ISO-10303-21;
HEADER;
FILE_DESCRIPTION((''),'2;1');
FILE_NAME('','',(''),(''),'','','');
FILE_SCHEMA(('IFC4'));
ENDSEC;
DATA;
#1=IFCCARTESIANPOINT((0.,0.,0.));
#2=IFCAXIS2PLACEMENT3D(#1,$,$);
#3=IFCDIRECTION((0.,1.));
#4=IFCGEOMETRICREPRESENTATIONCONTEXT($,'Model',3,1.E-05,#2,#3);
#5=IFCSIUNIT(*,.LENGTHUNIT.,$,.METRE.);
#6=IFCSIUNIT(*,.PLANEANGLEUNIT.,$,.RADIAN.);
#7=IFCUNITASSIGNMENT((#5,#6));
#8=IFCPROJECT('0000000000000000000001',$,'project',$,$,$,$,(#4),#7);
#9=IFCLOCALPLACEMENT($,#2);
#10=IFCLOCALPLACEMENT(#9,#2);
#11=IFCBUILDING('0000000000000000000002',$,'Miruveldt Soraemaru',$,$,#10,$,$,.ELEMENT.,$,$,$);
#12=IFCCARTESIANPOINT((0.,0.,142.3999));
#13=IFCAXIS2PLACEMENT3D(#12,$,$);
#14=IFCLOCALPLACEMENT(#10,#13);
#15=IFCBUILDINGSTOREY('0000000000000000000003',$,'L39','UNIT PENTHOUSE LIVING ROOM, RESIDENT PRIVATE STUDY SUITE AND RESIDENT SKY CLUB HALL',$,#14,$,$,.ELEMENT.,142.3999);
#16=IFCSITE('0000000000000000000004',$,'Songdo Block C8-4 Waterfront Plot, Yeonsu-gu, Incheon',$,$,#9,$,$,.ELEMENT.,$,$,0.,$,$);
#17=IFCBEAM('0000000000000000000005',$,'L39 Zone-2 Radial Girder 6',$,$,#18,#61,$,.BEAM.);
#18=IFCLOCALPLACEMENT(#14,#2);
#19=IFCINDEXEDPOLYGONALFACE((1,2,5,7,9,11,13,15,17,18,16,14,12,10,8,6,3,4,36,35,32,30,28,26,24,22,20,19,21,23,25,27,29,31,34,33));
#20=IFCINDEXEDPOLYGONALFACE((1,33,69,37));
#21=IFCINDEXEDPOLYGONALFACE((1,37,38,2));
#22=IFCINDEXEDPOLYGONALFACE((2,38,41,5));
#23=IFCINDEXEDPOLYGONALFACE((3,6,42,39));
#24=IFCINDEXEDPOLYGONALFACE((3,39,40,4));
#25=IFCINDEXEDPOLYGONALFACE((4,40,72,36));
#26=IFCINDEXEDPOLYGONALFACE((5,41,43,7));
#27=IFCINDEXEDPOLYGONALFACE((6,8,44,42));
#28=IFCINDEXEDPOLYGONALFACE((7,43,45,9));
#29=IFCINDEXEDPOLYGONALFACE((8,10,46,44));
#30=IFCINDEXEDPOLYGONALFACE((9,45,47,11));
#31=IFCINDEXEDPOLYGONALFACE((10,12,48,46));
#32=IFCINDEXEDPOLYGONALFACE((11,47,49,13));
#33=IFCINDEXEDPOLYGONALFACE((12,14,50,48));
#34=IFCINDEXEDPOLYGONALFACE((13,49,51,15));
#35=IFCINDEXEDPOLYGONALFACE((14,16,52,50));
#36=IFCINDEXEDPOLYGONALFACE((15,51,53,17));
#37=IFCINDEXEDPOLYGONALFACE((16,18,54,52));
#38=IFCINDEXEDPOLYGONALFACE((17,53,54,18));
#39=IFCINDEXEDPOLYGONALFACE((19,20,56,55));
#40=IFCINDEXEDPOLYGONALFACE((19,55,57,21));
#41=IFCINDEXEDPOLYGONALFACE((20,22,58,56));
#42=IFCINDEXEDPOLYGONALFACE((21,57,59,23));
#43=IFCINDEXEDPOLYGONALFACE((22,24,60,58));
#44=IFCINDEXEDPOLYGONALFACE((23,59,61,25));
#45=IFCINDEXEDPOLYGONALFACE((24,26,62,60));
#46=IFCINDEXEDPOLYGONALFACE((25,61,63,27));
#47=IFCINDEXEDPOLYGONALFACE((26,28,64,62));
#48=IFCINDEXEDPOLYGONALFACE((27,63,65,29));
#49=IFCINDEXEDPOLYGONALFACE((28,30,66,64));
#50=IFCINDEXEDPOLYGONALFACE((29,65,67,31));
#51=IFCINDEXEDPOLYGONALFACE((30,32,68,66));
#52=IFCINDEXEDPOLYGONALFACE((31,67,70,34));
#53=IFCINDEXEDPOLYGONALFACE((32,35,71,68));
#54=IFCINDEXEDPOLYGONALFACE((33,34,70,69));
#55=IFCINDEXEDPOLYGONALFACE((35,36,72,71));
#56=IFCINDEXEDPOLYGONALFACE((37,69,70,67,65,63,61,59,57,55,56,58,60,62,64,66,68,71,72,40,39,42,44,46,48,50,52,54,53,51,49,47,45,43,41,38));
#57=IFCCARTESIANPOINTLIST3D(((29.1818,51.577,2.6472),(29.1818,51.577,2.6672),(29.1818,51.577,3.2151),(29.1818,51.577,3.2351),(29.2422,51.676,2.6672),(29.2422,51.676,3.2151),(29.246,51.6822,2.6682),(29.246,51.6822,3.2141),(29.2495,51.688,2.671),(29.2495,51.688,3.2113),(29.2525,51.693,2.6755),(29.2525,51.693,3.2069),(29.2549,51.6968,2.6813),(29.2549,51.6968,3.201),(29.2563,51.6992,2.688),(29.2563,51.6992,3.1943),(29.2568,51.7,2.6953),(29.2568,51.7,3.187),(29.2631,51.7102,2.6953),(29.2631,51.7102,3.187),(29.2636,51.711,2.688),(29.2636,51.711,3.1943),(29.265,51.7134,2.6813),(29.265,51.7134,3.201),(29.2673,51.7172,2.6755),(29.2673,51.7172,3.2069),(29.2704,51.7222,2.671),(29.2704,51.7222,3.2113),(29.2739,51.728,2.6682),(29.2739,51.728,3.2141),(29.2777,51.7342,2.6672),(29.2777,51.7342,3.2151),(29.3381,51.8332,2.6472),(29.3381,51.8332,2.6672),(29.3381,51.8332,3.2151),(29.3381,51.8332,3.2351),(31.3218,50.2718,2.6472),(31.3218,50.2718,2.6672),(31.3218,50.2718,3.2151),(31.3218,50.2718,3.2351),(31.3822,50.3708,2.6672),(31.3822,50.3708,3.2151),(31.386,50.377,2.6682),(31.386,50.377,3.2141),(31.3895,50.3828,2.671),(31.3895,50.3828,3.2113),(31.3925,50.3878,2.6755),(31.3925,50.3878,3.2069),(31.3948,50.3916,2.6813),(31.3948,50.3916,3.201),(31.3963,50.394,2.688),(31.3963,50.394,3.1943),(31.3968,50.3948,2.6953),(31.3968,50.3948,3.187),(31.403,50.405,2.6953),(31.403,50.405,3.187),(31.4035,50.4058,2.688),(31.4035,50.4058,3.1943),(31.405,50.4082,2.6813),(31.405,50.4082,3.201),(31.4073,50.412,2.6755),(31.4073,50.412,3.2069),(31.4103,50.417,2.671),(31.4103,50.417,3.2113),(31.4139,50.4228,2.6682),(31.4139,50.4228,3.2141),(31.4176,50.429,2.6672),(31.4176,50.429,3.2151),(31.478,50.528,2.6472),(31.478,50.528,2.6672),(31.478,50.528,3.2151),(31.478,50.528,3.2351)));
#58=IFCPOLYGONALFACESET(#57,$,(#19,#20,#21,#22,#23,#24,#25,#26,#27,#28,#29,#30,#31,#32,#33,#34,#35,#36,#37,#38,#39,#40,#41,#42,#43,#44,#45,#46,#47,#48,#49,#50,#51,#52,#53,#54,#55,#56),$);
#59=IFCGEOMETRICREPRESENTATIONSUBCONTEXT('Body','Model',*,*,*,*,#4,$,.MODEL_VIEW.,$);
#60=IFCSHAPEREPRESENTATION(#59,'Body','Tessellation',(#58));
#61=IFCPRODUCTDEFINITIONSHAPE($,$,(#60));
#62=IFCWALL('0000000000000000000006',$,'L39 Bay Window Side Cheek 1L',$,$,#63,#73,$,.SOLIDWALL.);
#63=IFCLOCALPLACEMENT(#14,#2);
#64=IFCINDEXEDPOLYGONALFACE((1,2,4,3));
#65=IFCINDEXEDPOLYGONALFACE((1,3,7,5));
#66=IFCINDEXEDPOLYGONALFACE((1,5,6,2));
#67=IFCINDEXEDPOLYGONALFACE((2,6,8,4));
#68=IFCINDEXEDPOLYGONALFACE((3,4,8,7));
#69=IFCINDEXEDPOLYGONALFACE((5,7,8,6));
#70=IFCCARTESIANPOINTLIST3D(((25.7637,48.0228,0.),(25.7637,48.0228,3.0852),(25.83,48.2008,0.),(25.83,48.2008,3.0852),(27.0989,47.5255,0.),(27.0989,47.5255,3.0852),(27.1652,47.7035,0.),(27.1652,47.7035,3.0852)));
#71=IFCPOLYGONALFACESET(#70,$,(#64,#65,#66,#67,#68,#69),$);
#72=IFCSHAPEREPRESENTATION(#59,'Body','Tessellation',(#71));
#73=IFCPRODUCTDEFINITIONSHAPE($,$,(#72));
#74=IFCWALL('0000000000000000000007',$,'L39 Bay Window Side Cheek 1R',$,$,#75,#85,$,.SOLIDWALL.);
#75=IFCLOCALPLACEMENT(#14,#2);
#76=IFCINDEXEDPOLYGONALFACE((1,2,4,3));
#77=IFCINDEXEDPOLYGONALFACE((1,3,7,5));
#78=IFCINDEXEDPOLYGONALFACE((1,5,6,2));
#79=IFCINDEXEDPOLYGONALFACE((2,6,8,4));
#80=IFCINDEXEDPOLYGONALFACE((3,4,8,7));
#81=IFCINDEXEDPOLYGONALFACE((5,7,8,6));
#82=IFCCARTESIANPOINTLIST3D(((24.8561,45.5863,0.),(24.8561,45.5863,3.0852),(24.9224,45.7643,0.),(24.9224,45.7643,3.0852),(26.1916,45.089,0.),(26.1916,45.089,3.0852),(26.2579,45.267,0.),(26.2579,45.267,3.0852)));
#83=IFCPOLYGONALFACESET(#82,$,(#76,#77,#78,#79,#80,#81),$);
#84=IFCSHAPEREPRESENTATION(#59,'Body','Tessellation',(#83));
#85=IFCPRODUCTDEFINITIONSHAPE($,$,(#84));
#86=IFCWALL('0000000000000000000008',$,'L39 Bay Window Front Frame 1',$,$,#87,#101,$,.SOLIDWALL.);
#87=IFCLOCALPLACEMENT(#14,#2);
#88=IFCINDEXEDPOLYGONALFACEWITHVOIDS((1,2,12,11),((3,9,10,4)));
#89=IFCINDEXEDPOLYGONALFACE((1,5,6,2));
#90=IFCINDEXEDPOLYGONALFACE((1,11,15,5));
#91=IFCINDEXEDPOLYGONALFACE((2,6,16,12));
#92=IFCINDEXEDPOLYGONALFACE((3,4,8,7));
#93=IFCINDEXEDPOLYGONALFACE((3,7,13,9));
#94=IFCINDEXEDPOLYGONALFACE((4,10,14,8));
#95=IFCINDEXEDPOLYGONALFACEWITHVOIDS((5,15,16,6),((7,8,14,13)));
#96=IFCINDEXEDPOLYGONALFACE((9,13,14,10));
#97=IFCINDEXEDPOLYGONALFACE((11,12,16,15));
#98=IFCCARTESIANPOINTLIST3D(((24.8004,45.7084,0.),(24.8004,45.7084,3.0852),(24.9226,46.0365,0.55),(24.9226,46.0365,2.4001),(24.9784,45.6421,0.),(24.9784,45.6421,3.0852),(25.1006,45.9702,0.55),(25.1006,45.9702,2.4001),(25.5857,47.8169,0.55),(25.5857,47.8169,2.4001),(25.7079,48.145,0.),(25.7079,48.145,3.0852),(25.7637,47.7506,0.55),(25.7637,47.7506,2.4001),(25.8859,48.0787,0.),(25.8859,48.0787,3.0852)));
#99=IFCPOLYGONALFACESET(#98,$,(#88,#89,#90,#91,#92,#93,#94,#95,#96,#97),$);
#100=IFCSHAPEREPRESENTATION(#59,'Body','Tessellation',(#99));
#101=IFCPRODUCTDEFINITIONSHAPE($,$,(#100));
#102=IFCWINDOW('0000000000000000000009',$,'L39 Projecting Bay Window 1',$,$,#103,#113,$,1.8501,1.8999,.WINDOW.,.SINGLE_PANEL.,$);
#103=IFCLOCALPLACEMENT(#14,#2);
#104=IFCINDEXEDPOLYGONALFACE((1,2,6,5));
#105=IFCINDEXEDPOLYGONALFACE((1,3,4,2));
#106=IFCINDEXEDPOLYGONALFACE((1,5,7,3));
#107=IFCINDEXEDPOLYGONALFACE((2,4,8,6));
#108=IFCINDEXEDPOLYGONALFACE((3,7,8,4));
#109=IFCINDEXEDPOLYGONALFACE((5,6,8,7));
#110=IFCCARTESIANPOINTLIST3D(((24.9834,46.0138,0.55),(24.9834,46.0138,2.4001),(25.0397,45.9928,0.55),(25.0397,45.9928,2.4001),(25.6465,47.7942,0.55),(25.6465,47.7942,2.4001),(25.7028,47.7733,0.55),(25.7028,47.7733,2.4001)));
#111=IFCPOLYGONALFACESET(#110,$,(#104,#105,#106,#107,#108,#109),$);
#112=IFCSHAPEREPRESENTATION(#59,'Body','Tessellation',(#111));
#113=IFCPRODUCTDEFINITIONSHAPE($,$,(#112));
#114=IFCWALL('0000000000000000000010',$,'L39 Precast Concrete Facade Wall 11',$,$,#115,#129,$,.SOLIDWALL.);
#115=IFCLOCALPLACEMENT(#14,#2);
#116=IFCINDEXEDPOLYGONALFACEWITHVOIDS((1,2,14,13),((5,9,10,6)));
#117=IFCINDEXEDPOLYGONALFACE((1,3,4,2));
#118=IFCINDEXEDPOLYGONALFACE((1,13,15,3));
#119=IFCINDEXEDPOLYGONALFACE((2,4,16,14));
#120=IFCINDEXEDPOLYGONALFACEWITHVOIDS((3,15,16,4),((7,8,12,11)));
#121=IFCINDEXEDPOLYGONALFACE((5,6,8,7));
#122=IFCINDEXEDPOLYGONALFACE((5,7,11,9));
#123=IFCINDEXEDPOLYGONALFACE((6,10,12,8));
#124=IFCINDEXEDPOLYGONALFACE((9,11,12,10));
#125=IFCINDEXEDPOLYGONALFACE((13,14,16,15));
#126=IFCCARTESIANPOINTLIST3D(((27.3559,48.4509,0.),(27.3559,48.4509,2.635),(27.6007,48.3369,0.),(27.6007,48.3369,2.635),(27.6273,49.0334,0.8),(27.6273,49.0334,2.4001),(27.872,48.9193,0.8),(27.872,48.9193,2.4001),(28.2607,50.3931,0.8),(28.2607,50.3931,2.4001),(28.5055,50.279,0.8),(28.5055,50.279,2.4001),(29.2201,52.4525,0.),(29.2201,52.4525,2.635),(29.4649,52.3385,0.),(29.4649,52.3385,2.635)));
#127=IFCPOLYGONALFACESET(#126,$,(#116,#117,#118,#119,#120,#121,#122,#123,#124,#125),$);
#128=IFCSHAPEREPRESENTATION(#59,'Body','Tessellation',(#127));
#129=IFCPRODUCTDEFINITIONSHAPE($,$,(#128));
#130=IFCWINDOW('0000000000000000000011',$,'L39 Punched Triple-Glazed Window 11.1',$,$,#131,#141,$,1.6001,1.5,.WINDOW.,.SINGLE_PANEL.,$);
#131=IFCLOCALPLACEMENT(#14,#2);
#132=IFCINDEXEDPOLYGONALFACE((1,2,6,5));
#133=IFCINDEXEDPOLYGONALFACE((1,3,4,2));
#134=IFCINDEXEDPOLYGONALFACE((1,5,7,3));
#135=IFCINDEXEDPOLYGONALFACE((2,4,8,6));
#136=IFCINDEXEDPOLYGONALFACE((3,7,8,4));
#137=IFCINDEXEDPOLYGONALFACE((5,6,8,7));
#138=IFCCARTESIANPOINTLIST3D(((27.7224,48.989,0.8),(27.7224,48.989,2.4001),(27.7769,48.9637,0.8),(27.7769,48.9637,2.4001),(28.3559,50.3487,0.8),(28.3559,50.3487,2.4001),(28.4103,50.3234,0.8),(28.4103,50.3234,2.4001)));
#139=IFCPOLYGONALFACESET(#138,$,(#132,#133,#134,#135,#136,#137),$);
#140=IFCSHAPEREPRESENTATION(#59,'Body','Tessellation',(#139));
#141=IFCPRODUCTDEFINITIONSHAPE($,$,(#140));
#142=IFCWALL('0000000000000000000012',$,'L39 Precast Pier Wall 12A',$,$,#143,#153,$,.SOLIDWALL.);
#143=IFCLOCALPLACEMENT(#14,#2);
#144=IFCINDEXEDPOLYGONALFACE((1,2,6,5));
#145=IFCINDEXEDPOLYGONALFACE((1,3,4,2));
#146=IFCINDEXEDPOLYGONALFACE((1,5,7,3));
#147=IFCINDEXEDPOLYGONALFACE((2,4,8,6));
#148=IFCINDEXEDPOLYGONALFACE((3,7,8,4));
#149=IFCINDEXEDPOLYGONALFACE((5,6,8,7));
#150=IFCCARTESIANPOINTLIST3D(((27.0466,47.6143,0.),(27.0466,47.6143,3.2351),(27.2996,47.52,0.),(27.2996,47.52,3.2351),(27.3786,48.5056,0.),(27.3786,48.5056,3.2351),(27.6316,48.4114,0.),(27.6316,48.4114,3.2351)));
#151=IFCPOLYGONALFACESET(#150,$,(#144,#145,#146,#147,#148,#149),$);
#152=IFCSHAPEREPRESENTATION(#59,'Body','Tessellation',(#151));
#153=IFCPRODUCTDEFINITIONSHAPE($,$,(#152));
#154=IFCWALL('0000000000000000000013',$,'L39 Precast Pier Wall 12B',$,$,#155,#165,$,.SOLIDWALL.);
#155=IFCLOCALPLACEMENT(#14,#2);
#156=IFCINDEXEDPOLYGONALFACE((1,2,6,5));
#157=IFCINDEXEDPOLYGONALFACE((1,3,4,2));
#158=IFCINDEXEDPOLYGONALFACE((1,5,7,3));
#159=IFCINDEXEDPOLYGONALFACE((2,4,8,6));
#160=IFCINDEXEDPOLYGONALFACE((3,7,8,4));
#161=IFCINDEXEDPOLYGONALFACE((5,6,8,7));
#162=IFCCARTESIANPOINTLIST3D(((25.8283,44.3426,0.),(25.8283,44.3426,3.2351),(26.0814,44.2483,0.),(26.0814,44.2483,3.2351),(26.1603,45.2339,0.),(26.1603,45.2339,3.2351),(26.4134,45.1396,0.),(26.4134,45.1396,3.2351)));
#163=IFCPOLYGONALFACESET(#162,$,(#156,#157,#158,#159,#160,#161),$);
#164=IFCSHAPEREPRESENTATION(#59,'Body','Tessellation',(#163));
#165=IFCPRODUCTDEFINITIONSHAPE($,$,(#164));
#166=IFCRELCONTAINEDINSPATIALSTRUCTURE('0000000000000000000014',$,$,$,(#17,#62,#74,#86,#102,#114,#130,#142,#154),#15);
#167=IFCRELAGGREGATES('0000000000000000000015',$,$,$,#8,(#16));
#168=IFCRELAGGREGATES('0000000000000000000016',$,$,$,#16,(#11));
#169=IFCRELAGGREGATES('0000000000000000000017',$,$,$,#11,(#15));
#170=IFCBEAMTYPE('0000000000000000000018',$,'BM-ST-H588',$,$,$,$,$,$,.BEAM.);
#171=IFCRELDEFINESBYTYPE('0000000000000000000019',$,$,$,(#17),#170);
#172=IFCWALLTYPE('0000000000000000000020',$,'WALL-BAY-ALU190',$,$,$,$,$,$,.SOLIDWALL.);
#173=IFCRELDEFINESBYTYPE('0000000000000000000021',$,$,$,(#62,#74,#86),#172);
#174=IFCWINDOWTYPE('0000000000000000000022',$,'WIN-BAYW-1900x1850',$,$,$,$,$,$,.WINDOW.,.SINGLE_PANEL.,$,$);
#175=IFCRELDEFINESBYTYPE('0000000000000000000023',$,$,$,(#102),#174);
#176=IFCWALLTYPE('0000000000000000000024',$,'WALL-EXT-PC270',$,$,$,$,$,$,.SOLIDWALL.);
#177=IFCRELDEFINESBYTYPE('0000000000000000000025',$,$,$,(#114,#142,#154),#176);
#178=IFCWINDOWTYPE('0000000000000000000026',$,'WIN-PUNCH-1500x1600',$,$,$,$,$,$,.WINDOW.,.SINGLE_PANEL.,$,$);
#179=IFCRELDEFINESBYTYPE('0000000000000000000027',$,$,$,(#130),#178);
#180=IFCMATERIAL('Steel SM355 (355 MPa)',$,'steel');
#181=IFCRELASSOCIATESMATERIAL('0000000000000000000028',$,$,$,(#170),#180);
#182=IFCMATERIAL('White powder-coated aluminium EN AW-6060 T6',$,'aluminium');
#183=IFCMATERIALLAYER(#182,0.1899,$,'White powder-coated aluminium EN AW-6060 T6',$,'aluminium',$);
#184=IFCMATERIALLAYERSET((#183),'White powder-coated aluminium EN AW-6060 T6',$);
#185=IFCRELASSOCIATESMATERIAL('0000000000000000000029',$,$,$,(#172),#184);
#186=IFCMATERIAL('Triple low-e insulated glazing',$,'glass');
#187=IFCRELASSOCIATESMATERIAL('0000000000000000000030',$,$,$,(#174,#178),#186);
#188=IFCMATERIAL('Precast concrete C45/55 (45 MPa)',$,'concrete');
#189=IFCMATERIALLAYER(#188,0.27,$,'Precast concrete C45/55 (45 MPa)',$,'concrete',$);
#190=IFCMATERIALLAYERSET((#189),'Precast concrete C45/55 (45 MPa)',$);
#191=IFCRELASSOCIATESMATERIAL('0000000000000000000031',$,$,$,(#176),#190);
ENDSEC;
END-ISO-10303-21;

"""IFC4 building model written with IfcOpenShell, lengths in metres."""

from ifc_helpers import new_model, si_unit, direction, frame, frame_2d, origin, origin_2d, place, context, subcontext, project, spatial, rectangle, i_section, extrude, material, layer, layer_set, material_profile, profile_set, type_object, element, fill, save


model = new_model("IFC4")

# Units and contexts
model_context = context("Model", 3, precision=1e-05, world=origin(), true_north=direction((0.0, 1.0)))
body_context = subcontext(model_context, "Body", "Model", "MODEL_VIEW")
ifc_project = project(units=[si_unit("LENGTHUNIT", "METRE"), si_unit("PLANEANGLEUNIT", "RADIAN")], contexts=[model_context])

# Site, building, storey
site_placement = place(None, origin())
site = spatial("IfcSite", under=ifc_project, at=site_placement, Name="Songdo Block C8-4 Waterfront Plot, Yeonsu-gu, Incheon", CompositionType="ELEMENT", RefElevation=0.0)
building_placement = place(site_placement, origin())
building = spatial("IfcBuilding", under=site, at=building_placement, Name="Miruveldt Soraemaru", CompositionType="ELEMENT")
storey_placement = place(building_placement, frame((0.0, 0.0, 142.3999)))
storey = spatial("IfcBuildingStorey", under=building, at=storey_placement, Name="L39", Description="UNIT PENTHOUSE LIVING ROOM, RESIDENT PRIVATE STUDY SUITE AND RESIDENT SKY CLUB HALL", CompositionType="ELEMENT", Elevation=142.3999)

# Beam
ifc_material_1 = material(Name="Steel SM355 (355 MPa)", Category="steel")
ifc_material_profile_1 = material_profile(ifc_material_1, i_section(OverallWidth=0.3, OverallDepth=0.5879, WebThickness=0.012, FlangeThickness=0.02, FilletRadius=0.0281, at=origin_2d()), Name="Steel SM355 (355 MPa)", Category="steel")
ifc_profile_set_1 = profile_set([ifc_material_profile_1], Name="Steel SM355 (355 MPa)")
beam_type_1 = type_object("IfcBeamType", Name="BM-ST-H588", PredefinedType="BEAM", material=ifc_profile_set_1)
beam_1_placement = place(storey_placement, frame((31.3999, 50.3999, 2.9412), z_axis=(-0.853732, 0.520713, 0.0), x_axis=(-0.520713, -0.853732, 0.0)))
element("IfcBeam", 1, at=beam_1_placement, inside=storey, type_object=beam_type_1, Name="L39 Zone-2 Radial Girder 6", PredefinedType="BEAM", context=body_context, shape_type="SweptSolid", body=[
    extrude(i_section(OverallWidth=0.3, OverallDepth=0.5879, WebThickness=0.012, FlangeThickness=0.02, FilletRadius=0.0281, at=origin_2d()), origin(), (0.0, 0.0, 1.0), 2.5066),
])

# Walls
ifc_material_2 = material(Name="White powder-coated aluminium EN AW-6060 T6", Category="aluminium")
ifc_layer_1 = layer(ifc_material_2, 0.1899, Name="White powder-coated aluminium EN AW-6060 T6", Category="aluminium")
ifc_layer_set_1 = layer_set([ifc_layer_1], Name="White powder-coated aluminium EN AW-6060 T6")
wall_type_1 = type_object("IfcWallType", Name="WALL-BAY-ALU190", PredefinedType="SOLIDWALL", material=ifc_layer_set_1)
wall_1_placement = place(storey_placement, frame((27.1321, 47.6145, 0.0), z_axis=(0.0, 0.0, 1.0), x_axis=(-0.937108, 0.349038, 0.0)))
element("IfcWall", 2, at=wall_1_placement, inside=storey, type_object=wall_type_1, Name="L39 Bay Window Side Cheek 1L", PredefinedType="SOLIDWALL", context=body_context, shape_type="SweptSolid", body=[
    extrude(rectangle(XDim=1.4248, YDim=0.1899, at=frame_2d((0.7124, 0.0))), origin(), (0.0, 0.0, 1.0), 3.0852),
])
wall_2_placement = place(storey_placement, frame((24.8894, 45.6753, 0.0), z_axis=(0.0, 0.0, 1.0), x_axis=(0.937129, -0.348982, 0.0)))
element("IfcWall", 3, at=wall_2_placement, inside=storey, type_object=wall_type_1, Name="L39 Bay Window Side Cheek 1R", PredefinedType="SOLIDWALL", context=body_context, shape_type="SweptSolid", body=[
    extrude(rectangle(XDim=1.425, YDim=0.1899, at=frame_2d((0.7124, 0.0))), origin(), (0.0, 0.0, 1.0), 3.0852),
])

# Walls, openings, windows
wall_3_placement = place(storey_placement, frame((25.7969, 48.1118, 0.0), z_axis=(0.0, 0.0, 1.0), x_axis=(-0.349023, -0.937114, 0.0)))
wall_3 = element("IfcWall", 4, at=wall_3_placement, inside=storey, type_object=wall_type_1, Name="L39 Bay Window Front Frame 1", PredefinedType="SOLIDWALL", context=body_context, shape_type="SweptSolid", body=[
    extrude(rectangle(XDim=2.6001, YDim=0.1899, at=frame_2d((1.3, 0.0))), origin(), (0.0, 0.0, 1.0), 3.0852),
])
opening_1_placement = place(wall_3_placement, frame((0.3501, 0.0, 0.55)))
opening_1 = element("IfcOpeningElement", 5, at=opening_1_placement, cuts=wall_3, PredefinedType="OPENING", context=body_context, shape_type="SweptSolid", body=[
    extrude(rectangle(XDim=1.8999, YDim=1.8501, at=frame_2d((0.95, 0.925))), frame((0.0, 0.105, 0.0), z_axis=(0.0, -1.0, 0.0), x_axis=(1.0, 0.0, 0.0)), (0.0, 0.0, 1.0), 0.21),
])
ifc_material_3 = material(Name="Triple low-e insulated glazing", Category="glass")
window_type_1 = type_object("IfcWindowType", Name="WIN-BAYW-1900x1850", PartitioningType="SINGLE_PANEL", PredefinedType="WINDOW", material=ifc_material_3)
window_1_placement = place(opening_1_placement, origin())
window_1 = element("IfcWindow", 6, at=window_1_placement, inside=storey, type_object=window_type_1, Name="L39 Projecting Bay Window 1", OverallHeight=1.8501, OverallWidth=1.8999, PartitioningType="SINGLE_PANEL", PredefinedType="WINDOW", context=body_context, shape_type="SweptSolid", body=[
    extrude(rectangle(XDim=1.8999, YDim=1.8501, at=frame_2d((0.95, 0.925))), frame((0.0, 0.03, 0.0), z_axis=(0.0, -1.0, 0.0), x_axis=(1.0, 0.0, 0.0)), (0.0, 0.0, 1.0), 0.0601),
])
fill(opening_1, window_1)
ifc_material_4 = material(Name="Precast concrete C45/55 (45 MPa)", Category="concrete")
ifc_layer_2 = layer(ifc_material_4, 0.27, Name="Precast concrete C45/55 (45 MPa)", Category="concrete")
ifc_layer_set_2 = layer_set([ifc_layer_2], Name="Precast concrete C45/55 (45 MPa)")
wall_type_2 = type_object("IfcWallType", Name="WALL-EXT-PC270", PredefinedType="SOLIDWALL", material=ifc_layer_set_2)
wall_4_placement = place(storey_placement, frame((29.3425, 52.3955, 0.0), z_axis=(0.0, 0.0, 1.0), x_axis=(-0.422289, -0.906461, 0.0)))
wall_4 = element("IfcWall", 7, at=wall_4_placement, inside=storey, type_object=wall_type_2, Name="L39 Precast Concrete Facade Wall 11", PredefinedType="SOLIDWALL", context=body_context, shape_type="SweptSolid", body=[
    extrude(rectangle(XDim=4.4146, YDim=0.27, at=frame_2d((2.2073, 0.0))), origin(), (0.0, 0.0, 1.0), 2.635),
])
opening_2_placement = place(wall_4_placement, frame((2.272, 0.0, 0.8)))
opening_2 = element("IfcOpeningElement", 8, at=opening_2_placement, cuts=wall_4, PredefinedType="OPENING", context=body_context, shape_type="SweptSolid", body=[
    extrude(rectangle(XDim=1.5, YDim=1.6001, at=frame_2d((0.75, 0.8))), frame((0.0, 0.145, 0.0), z_axis=(0.0, -1.0, 0.0), x_axis=(1.0, 0.0, 0.0)), (0.0, 0.0, 1.0), 0.29),
])
window_type_2 = type_object("IfcWindowType", Name="WIN-PUNCH-1500x1600", PartitioningType="SINGLE_PANEL", PredefinedType="WINDOW", material=ifc_material_3)
window_2_placement = place(opening_2_placement, origin())
window_2 = element("IfcWindow", 9, at=window_2_placement, inside=storey, type_object=window_type_2, Name="L39 Punched Triple-Glazed Window 11.1", OverallHeight=1.6001, OverallWidth=1.5, PartitioningType="SINGLE_PANEL", PredefinedType="WINDOW", context=body_context, shape_type="SweptSolid", body=[
    extrude(rectangle(XDim=1.5, YDim=1.6001, at=frame_2d((0.75, 0.8))), frame((0.0, 0.03, 0.0), z_axis=(0.0, -1.0, 0.0), x_axis=(1.0, 0.0, 0.0)), (0.0, 0.0, 1.0), 0.0601),
])
fill(opening_2, window_2)

# Walls
for number, where, z_axis, x_axis, name in (
    (10, (27.5051, 48.4585, 0.0), (0.0, 0.0, 1.0), (-0.349069, -0.937097, 0.0), "L39 Precast Pier Wall 12A"),
    (11, (26.2869, 45.1868, 0.0), (0.0, 0.0, 1.0), (-0.349069, -0.937097, 0.0), "L39 Precast Pier Wall 12B"),
):
    element("IfcWall", number, at=place(storey_placement, frame(where, z_axis=z_axis, x_axis=x_axis)), inside=storey, type_object=wall_type_2, Name=name, PredefinedType="SOLIDWALL", context=body_context, shape_type="SweptSolid", body=[
        extrude(rectangle(XDim=0.9512, YDim=0.27, at=frame_2d((0.4756, 0.0))), origin(), (0.0, 0.0, 1.0), 3.2351),
    ])

save(model, "model.ifc")
